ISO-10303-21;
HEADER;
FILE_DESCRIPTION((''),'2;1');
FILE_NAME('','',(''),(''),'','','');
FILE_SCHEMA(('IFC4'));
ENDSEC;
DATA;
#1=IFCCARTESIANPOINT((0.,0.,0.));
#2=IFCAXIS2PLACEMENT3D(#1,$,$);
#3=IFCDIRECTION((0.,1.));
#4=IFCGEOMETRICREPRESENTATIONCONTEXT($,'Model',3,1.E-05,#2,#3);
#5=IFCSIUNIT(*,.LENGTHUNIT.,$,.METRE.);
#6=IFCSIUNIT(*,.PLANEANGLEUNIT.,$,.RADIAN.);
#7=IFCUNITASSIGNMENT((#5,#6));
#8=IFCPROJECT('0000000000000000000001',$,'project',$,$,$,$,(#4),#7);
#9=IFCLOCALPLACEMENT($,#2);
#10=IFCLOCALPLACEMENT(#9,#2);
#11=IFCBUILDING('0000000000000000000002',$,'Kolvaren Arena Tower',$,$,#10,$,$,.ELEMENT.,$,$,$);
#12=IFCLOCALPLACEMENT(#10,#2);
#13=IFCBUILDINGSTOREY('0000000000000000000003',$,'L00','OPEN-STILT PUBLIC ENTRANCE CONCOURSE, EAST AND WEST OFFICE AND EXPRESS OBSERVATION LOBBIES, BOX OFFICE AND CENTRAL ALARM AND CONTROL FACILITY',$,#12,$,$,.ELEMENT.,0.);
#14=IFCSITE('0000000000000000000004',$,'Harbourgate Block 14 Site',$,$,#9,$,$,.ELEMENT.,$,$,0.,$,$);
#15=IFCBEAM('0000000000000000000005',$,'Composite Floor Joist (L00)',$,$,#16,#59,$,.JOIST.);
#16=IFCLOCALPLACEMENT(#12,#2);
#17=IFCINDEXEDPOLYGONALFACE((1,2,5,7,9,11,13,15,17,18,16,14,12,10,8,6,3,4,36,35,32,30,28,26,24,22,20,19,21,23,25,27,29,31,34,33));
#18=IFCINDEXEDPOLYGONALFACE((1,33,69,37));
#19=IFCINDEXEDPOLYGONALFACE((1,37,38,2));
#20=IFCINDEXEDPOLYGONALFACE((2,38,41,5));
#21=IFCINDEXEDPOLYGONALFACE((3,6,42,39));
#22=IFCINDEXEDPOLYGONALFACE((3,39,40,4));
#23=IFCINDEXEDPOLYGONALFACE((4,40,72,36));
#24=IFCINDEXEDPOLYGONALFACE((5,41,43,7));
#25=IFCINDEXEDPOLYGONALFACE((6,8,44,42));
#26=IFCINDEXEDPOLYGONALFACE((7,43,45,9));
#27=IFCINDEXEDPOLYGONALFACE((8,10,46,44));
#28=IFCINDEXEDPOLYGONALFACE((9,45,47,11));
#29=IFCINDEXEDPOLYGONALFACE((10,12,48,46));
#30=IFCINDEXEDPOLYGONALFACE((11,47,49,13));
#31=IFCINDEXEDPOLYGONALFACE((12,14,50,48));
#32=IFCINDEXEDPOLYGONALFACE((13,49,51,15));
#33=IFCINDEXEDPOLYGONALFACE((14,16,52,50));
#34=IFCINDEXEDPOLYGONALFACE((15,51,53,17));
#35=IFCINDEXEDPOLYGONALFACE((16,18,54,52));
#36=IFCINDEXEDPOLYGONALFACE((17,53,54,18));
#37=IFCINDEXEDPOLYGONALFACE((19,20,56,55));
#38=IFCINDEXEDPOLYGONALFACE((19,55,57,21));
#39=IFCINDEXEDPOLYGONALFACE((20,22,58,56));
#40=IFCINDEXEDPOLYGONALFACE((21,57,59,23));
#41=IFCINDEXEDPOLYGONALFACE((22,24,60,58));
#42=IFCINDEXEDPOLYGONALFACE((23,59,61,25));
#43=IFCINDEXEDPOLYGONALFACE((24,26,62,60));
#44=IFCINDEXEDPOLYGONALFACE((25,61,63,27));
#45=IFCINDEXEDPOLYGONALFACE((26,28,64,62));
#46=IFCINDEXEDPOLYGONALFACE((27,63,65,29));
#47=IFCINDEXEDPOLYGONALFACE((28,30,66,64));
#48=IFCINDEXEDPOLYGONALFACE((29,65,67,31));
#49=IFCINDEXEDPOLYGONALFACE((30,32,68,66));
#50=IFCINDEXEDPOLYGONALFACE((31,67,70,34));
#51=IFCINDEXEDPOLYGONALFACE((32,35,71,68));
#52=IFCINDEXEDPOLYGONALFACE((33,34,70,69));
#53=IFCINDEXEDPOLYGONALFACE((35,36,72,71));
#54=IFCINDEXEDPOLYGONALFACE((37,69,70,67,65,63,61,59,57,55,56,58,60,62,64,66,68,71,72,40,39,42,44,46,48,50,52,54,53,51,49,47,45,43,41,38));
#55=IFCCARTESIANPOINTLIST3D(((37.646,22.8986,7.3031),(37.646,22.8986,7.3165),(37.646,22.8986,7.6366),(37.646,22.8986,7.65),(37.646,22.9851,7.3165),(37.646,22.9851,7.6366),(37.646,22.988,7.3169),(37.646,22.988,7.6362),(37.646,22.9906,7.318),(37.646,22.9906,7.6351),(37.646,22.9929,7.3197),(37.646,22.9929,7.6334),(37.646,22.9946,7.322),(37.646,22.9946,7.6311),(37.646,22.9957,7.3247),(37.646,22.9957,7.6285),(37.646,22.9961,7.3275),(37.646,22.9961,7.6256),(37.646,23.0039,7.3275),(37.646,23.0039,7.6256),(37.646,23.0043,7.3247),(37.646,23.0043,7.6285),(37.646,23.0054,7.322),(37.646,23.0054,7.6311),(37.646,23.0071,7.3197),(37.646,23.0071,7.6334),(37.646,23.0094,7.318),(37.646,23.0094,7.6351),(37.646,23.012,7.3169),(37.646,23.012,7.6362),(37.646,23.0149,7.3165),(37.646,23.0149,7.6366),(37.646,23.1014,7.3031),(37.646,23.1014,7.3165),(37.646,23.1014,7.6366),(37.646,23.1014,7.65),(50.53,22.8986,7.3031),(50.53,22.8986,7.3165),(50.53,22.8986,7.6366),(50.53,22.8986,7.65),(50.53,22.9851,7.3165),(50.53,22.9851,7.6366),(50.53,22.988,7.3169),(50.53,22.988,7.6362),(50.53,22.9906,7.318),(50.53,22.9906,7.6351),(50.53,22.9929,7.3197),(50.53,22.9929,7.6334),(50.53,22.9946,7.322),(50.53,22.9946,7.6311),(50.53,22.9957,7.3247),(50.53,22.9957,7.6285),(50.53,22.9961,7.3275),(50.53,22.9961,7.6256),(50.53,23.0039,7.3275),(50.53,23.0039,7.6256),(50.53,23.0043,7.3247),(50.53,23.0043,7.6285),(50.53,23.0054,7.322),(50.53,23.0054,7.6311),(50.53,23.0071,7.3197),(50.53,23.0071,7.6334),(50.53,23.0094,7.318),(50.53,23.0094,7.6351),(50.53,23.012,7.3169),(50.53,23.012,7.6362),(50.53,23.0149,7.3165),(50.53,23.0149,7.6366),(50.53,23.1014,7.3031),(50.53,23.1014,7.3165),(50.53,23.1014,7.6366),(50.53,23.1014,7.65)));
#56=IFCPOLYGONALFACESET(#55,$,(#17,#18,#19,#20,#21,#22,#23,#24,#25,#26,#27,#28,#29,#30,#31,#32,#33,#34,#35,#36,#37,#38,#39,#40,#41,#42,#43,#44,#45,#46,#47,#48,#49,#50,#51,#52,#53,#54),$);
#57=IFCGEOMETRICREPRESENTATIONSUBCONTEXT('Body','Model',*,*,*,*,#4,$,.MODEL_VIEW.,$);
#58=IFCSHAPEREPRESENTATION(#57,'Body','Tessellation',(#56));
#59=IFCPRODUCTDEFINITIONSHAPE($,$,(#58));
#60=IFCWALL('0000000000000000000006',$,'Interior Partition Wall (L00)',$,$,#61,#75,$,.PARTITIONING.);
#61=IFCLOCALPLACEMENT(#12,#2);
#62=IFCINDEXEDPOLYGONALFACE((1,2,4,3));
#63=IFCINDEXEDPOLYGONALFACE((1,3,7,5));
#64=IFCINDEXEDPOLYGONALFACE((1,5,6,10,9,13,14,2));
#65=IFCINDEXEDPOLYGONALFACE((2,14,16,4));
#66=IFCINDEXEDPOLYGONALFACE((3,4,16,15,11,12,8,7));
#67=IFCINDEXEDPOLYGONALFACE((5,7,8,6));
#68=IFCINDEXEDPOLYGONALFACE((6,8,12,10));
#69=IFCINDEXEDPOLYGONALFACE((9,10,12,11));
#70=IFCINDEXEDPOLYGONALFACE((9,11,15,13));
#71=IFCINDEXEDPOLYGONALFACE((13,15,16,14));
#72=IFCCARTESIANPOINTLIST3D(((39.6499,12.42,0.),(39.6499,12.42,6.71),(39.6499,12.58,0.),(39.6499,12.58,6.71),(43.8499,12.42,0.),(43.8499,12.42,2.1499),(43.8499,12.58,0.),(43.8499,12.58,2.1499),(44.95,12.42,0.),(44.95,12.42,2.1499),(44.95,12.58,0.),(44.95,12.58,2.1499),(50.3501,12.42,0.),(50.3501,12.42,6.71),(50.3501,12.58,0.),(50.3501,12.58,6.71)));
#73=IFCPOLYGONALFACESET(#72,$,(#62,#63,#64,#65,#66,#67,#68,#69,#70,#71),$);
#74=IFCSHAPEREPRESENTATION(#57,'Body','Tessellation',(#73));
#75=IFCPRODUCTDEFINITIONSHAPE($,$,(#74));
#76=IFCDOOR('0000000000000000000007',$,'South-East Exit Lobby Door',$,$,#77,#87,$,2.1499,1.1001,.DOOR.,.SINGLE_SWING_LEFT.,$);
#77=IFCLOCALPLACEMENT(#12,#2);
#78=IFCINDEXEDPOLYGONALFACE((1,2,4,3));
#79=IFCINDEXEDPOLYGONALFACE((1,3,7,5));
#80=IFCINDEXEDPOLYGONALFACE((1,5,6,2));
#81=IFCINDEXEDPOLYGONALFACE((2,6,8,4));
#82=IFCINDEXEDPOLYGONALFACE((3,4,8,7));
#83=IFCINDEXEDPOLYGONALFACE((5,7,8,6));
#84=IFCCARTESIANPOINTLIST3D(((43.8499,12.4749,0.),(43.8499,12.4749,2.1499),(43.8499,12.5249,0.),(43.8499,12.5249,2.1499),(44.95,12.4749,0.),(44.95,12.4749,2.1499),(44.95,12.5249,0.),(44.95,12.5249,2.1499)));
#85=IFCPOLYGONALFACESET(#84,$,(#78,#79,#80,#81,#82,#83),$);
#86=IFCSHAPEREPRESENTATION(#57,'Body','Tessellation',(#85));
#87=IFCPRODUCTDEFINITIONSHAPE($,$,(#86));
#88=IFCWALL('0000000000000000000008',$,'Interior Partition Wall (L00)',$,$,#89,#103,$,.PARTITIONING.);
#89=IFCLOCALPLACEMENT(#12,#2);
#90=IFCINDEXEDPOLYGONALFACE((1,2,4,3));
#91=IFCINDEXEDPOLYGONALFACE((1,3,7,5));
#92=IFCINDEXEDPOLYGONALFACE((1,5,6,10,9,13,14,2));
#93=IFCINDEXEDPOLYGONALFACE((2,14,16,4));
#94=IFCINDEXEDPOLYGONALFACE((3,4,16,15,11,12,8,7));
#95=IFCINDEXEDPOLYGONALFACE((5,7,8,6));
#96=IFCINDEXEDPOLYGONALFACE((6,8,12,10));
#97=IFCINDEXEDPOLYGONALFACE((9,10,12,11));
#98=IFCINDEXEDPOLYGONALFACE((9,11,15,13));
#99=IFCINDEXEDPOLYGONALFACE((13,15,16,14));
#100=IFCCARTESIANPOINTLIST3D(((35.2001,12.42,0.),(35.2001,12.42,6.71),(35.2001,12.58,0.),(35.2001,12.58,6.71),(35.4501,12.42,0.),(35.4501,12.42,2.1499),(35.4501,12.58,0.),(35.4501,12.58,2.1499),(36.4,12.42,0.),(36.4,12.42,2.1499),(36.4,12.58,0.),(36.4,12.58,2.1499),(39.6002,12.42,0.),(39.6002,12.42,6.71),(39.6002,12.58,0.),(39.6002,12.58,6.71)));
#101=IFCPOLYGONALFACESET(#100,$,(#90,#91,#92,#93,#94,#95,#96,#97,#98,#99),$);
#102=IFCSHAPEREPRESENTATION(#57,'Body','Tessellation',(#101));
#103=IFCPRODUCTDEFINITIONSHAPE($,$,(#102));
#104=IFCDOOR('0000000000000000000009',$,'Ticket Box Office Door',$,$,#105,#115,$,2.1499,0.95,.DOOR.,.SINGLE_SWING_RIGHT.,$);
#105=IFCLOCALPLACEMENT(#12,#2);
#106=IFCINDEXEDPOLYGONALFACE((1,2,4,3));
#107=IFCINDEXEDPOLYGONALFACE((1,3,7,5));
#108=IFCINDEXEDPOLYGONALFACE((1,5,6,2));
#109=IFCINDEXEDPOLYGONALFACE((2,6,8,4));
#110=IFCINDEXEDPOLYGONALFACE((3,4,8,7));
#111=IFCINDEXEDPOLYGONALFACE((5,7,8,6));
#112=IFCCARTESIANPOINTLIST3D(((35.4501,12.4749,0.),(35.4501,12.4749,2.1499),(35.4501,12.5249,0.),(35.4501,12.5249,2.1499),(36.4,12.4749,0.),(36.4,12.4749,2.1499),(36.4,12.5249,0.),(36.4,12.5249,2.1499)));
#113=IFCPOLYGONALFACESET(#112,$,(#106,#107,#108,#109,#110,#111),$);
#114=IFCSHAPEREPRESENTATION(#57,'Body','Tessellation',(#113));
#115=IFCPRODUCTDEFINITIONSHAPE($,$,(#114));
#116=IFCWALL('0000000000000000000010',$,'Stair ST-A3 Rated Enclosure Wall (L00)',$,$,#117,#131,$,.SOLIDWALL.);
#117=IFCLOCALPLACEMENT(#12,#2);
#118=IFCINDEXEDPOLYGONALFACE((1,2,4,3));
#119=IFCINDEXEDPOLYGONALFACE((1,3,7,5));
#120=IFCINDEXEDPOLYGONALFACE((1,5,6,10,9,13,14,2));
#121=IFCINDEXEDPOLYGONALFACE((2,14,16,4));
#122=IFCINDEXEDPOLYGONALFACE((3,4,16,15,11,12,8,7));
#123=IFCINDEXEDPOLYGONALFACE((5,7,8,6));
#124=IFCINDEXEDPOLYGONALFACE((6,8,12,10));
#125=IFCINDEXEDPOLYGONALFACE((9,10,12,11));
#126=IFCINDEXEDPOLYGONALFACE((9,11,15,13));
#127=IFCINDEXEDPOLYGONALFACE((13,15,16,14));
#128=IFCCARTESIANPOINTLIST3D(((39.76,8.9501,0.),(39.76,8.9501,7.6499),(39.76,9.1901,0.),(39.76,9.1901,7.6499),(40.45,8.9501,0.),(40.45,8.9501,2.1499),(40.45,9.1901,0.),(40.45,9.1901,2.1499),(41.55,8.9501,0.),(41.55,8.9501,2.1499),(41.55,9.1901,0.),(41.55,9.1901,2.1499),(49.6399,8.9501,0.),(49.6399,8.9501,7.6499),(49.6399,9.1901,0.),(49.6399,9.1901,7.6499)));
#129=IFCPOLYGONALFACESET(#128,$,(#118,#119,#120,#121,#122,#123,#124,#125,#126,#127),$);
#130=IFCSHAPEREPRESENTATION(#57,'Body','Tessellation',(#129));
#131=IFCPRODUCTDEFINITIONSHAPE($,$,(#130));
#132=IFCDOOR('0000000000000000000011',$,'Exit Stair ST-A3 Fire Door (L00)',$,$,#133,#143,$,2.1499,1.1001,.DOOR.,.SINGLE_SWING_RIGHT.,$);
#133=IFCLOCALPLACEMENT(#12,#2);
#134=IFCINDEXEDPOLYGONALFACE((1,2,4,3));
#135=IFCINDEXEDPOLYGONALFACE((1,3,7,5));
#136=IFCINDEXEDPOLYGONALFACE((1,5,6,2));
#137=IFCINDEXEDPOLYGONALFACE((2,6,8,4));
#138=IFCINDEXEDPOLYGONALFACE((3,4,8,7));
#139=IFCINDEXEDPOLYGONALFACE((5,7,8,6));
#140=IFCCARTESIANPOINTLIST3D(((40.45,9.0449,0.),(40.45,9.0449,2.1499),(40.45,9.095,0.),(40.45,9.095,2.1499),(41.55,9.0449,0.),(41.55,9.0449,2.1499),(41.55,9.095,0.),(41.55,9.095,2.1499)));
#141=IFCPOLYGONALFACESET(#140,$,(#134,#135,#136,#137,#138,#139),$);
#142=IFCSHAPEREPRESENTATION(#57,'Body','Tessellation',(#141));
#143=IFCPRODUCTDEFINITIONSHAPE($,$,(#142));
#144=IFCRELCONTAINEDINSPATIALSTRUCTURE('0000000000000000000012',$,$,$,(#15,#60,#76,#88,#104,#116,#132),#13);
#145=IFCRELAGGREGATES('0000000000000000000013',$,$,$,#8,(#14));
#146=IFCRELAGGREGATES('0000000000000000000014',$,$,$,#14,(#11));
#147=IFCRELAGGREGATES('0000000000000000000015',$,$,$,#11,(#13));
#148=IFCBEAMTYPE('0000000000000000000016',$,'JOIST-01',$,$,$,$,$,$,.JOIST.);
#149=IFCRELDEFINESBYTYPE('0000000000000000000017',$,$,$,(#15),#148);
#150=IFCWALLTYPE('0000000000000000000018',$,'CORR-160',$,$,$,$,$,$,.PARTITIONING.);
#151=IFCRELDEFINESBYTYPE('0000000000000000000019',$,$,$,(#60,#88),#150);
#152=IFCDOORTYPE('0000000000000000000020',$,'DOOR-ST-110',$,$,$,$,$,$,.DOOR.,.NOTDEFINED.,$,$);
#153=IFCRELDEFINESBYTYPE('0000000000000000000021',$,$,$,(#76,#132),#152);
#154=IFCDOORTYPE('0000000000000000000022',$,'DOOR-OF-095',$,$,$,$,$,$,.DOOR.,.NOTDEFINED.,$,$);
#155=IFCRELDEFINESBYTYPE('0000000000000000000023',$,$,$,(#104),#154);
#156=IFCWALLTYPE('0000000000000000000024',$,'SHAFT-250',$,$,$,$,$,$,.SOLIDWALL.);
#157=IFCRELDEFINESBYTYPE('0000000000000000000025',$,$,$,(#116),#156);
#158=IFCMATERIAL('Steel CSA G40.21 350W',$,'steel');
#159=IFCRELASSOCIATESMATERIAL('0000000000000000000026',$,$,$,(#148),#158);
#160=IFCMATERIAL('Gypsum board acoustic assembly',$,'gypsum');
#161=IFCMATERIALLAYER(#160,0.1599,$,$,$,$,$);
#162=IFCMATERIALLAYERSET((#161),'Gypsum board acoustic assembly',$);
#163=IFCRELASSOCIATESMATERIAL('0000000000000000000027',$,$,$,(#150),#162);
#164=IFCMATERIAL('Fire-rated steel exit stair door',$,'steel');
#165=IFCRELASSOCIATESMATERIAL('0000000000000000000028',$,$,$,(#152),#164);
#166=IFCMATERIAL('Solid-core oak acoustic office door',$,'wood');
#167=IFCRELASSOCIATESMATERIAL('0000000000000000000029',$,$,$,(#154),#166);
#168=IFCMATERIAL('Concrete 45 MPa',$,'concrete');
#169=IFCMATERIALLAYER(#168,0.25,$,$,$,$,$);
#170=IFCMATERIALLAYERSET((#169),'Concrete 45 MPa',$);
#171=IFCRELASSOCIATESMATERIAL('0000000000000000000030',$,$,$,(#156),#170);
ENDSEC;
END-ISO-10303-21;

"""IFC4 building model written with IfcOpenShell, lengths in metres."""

from ifc_helpers import new_model, si_unit, direction, frame, frame_2d, origin, origin_2d, place, context, subcontext, project, spatial, rectangle, i_section, extrude, material, layer, layer_set, material_profile, profile_set, type_object, element, fill, save


model = new_model("IFC4")

# Units and contexts
model_context = context("Model", 3, precision=1e-05, world=origin(), true_north=direction((0.0, 1.0)))
body_context = subcontext(model_context, "Body", "Model", "MODEL_VIEW")
ifc_project = project(units=[si_unit("LENGTHUNIT", "METRE"), si_unit("PLANEANGLEUNIT", "RADIAN")], contexts=[model_context])

# Site, building, storey
site_placement = place(None, origin())
site = spatial("IfcSite", under=ifc_project, at=site_placement, Name="Harbourgate Block 14 Site", CompositionType="ELEMENT", RefElevation=0.0)
building_placement = place(site_placement, origin())
building = spatial("IfcBuilding", under=site, at=building_placement, Name="Kolvaren Arena Tower", CompositionType="ELEMENT")
storey_placement = place(building_placement, origin())
storey = spatial("IfcBuildingStorey", under=building, at=storey_placement, Name="L00", Description="OPEN-STILT PUBLIC ENTRANCE CONCOURSE, EAST AND WEST OFFICE AND EXPRESS OBSERVATION LOBBIES, BOX OFFICE AND CENTRAL ALARM AND CONTROL FACILITY", CompositionType="ELEMENT", Elevation=0.0)

# Beam
ifc_material_1 = material(Name="Steel CSA G40.21 350W", Category="steel")
ifc_material_profile_1 = material_profile(ifc_material_1, i_section(OverallWidth=0.2029, OverallDepth=0.3469, WebThickness=0.0078, FlangeThickness=0.0134, FilletRadius=0.011, at=origin_2d()), Name="W360x64")
ifc_profile_set_1 = profile_set([ifc_material_profile_1], Name="Steel CSA G40.21 350W")
beam_type_1 = type_object("IfcBeamType", Name="JOIST-01", PredefinedType="JOIST", material=ifc_profile_set_1)
for number, where, z_axis, x_axis, name in (
    (1, (37.646, 23.0, 7.4766), (1.0, 0.0, 0.0), (0.0, 1.0, 0.0), "Composite Floor Joist (L00)"),
):
    element("IfcBeam", number, at=place(storey_placement, frame(where, z_axis=z_axis, x_axis=x_axis)), inside=storey, type_object=beam_type_1, Name=name, PredefinedType="JOIST", context=body_context, shape_type="SweptSolid", body=[
        extrude(i_section(OverallWidth=0.2029, OverallDepth=0.3469, WebThickness=0.0078, FlangeThickness=0.0134, FilletRadius=0.011, at=origin_2d()), origin(), (0.0, 0.0, 1.0), 12.884),
    ])

# Walls, openings, doors
ifc_material_2 = material(Name="Gypsum board acoustic assembly", Category="gypsum")
ifc_layer_1 = layer(ifc_material_2, 0.1599)
ifc_layer_set_1 = layer_set([ifc_layer_1], Name="Gypsum board acoustic assembly")
wall_type_1 = type_object("IfcWallType", Name="CORR-160", PredefinedType="PARTITIONING", material=ifc_layer_set_1)
wall_1_placement = place(storey_placement, frame((39.6499, 12.5, 0.0), z_axis=(0.0, 0.0, 1.0), x_axis=(1.0, 0.0, 0.0)))
wall_1 = element("IfcWall", 2, at=wall_1_placement, inside=storey, type_object=wall_type_1, Name="Interior Partition Wall (L00)", PredefinedType="PARTITIONING", context=body_context, shape_type="SweptSolid", body=[
    extrude(rectangle(XDim=10.7002, YDim=0.1599, at=frame_2d((5.3501, 0.0))), origin(), (0.0, 0.0, 1.0), 6.71),
])
opening_1_placement = place(wall_1_placement, frame((4.2, 0.0, 0.0)))
opening_1 = element("IfcOpeningElement", 3, at=opening_1_placement, cuts=wall_1, PredefinedType="OPENING", context=body_context, shape_type="SweptSolid", body=[
    extrude(rectangle(XDim=1.1001, YDim=2.1499, at=frame_2d((0.55, 1.075))), frame((0.0, 0.0898, 0.0), z_axis=(0.0, -1.0, 0.0), x_axis=(1.0, 0.0, 0.0)), (0.0, 0.0, 1.0), 0.1799),
])
ifc_material_3 = material(Name="Fire-rated steel exit stair door", Category="steel")
door_type_1 = type_object("IfcDoorType", Name="DOOR-ST-110", OperationType="NOTDEFINED", PredefinedType="DOOR", material=ifc_material_3)
door_1_placement = place(opening_1_placement, origin())
door_1 = element("IfcDoor", 4, at=door_1_placement, inside=storey, type_object=door_type_1, Name="South-East Exit Lobby Door", OperationType="SINGLE_SWING_LEFT", OverallHeight=2.1499, OverallWidth=1.1001, PredefinedType="DOOR", context=body_context, shape_type="SweptSolid", body=[
    extrude(rectangle(XDim=1.1001, YDim=2.1499, at=frame_2d((0.55, 1.075))), frame((0.0, 0.0249, 0.0), z_axis=(0.0, -1.0, 0.0), x_axis=(1.0, 0.0, 0.0)), (0.0, 0.0, 1.0), 0.05),
])
fill(opening_1, door_1)
wall_2_placement = place(storey_placement, frame((35.2, 12.5, 0.0), z_axis=(0.0, 0.0, 1.0), x_axis=(1.0, 0.0, 0.0)))
wall_2 = element("IfcWall", 5, at=wall_2_placement, inside=storey, type_object=wall_type_1, Name="Interior Partition Wall (L00)", PredefinedType="PARTITIONING", context=body_context, shape_type="SweptSolid", body=[
    extrude(rectangle(XDim=4.4001, YDim=0.1599, at=frame_2d((2.2002, 0.0))), origin(), (0.0, 0.0, 1.0), 6.71),
])
opening_2_placement = place(wall_2_placement, frame((0.25, 0.0, 0.0)))
opening_2 = element("IfcOpeningElement", 6, at=opening_2_placement, cuts=wall_2, PredefinedType="OPENING", context=body_context, shape_type="SweptSolid", body=[
    extrude(rectangle(XDim=0.95, YDim=2.1499, at=frame_2d((0.4751, 1.075))), frame((0.0, 0.0898, 0.0), z_axis=(0.0, -1.0, 0.0), x_axis=(1.0, 0.0, 0.0)), (0.0, 0.0, 1.0), 0.1799),
])
ifc_material_4 = material(Name="Solid-core oak acoustic office door", Category="wood")
door_type_2 = type_object("IfcDoorType", Name="DOOR-OF-095", OperationType="NOTDEFINED", PredefinedType="DOOR", material=ifc_material_4)
door_2_placement = place(opening_2_placement, origin())
door_2 = element("IfcDoor", 7, at=door_2_placement, inside=storey, type_object=door_type_2, Name="Ticket Box Office Door", OperationType="SINGLE_SWING_RIGHT", OverallHeight=2.1499, OverallWidth=0.95, PredefinedType="DOOR", context=body_context, shape_type="SweptSolid", body=[
    extrude(rectangle(XDim=0.95, YDim=2.1499, at=frame_2d((0.4751, 1.075))), frame((0.0, 0.0249, 0.0), z_axis=(0.0, -1.0, 0.0), x_axis=(1.0, 0.0, 0.0)), (0.0, 0.0, 1.0), 0.05),
])
fill(opening_2, door_2)
ifc_material_5 = material(Name="Concrete 45 MPa", Category="concrete")
ifc_layer_2 = layer(ifc_material_5, 0.25)
ifc_layer_set_2 = layer_set([ifc_layer_2], Name="Concrete 45 MPa")
wall_type_2 = type_object("IfcWallType", Name="SHAFT-250", PredefinedType="SOLIDWALL", material=ifc_layer_set_2)
wall_3_placement = place(storey_placement, frame((39.76, 9.0701, 0.0), z_axis=(0.0, 0.0, 1.0), x_axis=(1.0, 0.0, 0.0)))
wall_3 = element("IfcWall", 8, at=wall_3_placement, inside=storey, type_object=wall_type_2, Name="Stair ST-A3 Rated Enclosure Wall (L00)", PredefinedType="SOLIDWALL", context=body_context, shape_type="SweptSolid", body=[
    extrude(rectangle(XDim=9.8799, YDim=0.24, at=frame_2d((4.9399, 0.0))), origin(), (0.0, 0.0, 1.0), 7.6499),
])
opening_3_placement = place(wall_3_placement, frame((0.6899, 0.0, 0.0)))
opening_3 = element("IfcOpeningElement", 9, at=opening_3_placement, cuts=wall_3, PredefinedType="OPENING", context=body_context, shape_type="SweptSolid", body=[
    extrude(rectangle(XDim=1.1001, YDim=2.1499, at=frame_2d((0.55, 1.075))), frame((0.0, 0.1299, 0.0), z_axis=(0.0, -1.0, 0.0), x_axis=(1.0, 0.0, 0.0)), (0.0, 0.0, 1.0), 0.26),
])
door_3_placement = place(opening_3_placement, origin())
door_3 = element("IfcDoor", 10, at=door_3_placement, inside=storey, type_object=door_type_1, Name="Exit Stair ST-A3 Fire Door (L00)", OperationType="SINGLE_SWING_RIGHT", OverallHeight=2.1499, OverallWidth=1.1001, PredefinedType="DOOR", context=body_context, shape_type="SweptSolid", body=[
    extrude(rectangle(XDim=1.1001, YDim=2.1499, at=frame_2d((0.55, 1.075))), frame((0.0, 0.0249, 0.0), z_axis=(0.0, -1.0, 0.0), x_axis=(1.0, 0.0, 0.0)), (0.0, 0.0, 1.0), 0.05),
])
fill(opening_3, door_3)

save(model, "model.ifc")
